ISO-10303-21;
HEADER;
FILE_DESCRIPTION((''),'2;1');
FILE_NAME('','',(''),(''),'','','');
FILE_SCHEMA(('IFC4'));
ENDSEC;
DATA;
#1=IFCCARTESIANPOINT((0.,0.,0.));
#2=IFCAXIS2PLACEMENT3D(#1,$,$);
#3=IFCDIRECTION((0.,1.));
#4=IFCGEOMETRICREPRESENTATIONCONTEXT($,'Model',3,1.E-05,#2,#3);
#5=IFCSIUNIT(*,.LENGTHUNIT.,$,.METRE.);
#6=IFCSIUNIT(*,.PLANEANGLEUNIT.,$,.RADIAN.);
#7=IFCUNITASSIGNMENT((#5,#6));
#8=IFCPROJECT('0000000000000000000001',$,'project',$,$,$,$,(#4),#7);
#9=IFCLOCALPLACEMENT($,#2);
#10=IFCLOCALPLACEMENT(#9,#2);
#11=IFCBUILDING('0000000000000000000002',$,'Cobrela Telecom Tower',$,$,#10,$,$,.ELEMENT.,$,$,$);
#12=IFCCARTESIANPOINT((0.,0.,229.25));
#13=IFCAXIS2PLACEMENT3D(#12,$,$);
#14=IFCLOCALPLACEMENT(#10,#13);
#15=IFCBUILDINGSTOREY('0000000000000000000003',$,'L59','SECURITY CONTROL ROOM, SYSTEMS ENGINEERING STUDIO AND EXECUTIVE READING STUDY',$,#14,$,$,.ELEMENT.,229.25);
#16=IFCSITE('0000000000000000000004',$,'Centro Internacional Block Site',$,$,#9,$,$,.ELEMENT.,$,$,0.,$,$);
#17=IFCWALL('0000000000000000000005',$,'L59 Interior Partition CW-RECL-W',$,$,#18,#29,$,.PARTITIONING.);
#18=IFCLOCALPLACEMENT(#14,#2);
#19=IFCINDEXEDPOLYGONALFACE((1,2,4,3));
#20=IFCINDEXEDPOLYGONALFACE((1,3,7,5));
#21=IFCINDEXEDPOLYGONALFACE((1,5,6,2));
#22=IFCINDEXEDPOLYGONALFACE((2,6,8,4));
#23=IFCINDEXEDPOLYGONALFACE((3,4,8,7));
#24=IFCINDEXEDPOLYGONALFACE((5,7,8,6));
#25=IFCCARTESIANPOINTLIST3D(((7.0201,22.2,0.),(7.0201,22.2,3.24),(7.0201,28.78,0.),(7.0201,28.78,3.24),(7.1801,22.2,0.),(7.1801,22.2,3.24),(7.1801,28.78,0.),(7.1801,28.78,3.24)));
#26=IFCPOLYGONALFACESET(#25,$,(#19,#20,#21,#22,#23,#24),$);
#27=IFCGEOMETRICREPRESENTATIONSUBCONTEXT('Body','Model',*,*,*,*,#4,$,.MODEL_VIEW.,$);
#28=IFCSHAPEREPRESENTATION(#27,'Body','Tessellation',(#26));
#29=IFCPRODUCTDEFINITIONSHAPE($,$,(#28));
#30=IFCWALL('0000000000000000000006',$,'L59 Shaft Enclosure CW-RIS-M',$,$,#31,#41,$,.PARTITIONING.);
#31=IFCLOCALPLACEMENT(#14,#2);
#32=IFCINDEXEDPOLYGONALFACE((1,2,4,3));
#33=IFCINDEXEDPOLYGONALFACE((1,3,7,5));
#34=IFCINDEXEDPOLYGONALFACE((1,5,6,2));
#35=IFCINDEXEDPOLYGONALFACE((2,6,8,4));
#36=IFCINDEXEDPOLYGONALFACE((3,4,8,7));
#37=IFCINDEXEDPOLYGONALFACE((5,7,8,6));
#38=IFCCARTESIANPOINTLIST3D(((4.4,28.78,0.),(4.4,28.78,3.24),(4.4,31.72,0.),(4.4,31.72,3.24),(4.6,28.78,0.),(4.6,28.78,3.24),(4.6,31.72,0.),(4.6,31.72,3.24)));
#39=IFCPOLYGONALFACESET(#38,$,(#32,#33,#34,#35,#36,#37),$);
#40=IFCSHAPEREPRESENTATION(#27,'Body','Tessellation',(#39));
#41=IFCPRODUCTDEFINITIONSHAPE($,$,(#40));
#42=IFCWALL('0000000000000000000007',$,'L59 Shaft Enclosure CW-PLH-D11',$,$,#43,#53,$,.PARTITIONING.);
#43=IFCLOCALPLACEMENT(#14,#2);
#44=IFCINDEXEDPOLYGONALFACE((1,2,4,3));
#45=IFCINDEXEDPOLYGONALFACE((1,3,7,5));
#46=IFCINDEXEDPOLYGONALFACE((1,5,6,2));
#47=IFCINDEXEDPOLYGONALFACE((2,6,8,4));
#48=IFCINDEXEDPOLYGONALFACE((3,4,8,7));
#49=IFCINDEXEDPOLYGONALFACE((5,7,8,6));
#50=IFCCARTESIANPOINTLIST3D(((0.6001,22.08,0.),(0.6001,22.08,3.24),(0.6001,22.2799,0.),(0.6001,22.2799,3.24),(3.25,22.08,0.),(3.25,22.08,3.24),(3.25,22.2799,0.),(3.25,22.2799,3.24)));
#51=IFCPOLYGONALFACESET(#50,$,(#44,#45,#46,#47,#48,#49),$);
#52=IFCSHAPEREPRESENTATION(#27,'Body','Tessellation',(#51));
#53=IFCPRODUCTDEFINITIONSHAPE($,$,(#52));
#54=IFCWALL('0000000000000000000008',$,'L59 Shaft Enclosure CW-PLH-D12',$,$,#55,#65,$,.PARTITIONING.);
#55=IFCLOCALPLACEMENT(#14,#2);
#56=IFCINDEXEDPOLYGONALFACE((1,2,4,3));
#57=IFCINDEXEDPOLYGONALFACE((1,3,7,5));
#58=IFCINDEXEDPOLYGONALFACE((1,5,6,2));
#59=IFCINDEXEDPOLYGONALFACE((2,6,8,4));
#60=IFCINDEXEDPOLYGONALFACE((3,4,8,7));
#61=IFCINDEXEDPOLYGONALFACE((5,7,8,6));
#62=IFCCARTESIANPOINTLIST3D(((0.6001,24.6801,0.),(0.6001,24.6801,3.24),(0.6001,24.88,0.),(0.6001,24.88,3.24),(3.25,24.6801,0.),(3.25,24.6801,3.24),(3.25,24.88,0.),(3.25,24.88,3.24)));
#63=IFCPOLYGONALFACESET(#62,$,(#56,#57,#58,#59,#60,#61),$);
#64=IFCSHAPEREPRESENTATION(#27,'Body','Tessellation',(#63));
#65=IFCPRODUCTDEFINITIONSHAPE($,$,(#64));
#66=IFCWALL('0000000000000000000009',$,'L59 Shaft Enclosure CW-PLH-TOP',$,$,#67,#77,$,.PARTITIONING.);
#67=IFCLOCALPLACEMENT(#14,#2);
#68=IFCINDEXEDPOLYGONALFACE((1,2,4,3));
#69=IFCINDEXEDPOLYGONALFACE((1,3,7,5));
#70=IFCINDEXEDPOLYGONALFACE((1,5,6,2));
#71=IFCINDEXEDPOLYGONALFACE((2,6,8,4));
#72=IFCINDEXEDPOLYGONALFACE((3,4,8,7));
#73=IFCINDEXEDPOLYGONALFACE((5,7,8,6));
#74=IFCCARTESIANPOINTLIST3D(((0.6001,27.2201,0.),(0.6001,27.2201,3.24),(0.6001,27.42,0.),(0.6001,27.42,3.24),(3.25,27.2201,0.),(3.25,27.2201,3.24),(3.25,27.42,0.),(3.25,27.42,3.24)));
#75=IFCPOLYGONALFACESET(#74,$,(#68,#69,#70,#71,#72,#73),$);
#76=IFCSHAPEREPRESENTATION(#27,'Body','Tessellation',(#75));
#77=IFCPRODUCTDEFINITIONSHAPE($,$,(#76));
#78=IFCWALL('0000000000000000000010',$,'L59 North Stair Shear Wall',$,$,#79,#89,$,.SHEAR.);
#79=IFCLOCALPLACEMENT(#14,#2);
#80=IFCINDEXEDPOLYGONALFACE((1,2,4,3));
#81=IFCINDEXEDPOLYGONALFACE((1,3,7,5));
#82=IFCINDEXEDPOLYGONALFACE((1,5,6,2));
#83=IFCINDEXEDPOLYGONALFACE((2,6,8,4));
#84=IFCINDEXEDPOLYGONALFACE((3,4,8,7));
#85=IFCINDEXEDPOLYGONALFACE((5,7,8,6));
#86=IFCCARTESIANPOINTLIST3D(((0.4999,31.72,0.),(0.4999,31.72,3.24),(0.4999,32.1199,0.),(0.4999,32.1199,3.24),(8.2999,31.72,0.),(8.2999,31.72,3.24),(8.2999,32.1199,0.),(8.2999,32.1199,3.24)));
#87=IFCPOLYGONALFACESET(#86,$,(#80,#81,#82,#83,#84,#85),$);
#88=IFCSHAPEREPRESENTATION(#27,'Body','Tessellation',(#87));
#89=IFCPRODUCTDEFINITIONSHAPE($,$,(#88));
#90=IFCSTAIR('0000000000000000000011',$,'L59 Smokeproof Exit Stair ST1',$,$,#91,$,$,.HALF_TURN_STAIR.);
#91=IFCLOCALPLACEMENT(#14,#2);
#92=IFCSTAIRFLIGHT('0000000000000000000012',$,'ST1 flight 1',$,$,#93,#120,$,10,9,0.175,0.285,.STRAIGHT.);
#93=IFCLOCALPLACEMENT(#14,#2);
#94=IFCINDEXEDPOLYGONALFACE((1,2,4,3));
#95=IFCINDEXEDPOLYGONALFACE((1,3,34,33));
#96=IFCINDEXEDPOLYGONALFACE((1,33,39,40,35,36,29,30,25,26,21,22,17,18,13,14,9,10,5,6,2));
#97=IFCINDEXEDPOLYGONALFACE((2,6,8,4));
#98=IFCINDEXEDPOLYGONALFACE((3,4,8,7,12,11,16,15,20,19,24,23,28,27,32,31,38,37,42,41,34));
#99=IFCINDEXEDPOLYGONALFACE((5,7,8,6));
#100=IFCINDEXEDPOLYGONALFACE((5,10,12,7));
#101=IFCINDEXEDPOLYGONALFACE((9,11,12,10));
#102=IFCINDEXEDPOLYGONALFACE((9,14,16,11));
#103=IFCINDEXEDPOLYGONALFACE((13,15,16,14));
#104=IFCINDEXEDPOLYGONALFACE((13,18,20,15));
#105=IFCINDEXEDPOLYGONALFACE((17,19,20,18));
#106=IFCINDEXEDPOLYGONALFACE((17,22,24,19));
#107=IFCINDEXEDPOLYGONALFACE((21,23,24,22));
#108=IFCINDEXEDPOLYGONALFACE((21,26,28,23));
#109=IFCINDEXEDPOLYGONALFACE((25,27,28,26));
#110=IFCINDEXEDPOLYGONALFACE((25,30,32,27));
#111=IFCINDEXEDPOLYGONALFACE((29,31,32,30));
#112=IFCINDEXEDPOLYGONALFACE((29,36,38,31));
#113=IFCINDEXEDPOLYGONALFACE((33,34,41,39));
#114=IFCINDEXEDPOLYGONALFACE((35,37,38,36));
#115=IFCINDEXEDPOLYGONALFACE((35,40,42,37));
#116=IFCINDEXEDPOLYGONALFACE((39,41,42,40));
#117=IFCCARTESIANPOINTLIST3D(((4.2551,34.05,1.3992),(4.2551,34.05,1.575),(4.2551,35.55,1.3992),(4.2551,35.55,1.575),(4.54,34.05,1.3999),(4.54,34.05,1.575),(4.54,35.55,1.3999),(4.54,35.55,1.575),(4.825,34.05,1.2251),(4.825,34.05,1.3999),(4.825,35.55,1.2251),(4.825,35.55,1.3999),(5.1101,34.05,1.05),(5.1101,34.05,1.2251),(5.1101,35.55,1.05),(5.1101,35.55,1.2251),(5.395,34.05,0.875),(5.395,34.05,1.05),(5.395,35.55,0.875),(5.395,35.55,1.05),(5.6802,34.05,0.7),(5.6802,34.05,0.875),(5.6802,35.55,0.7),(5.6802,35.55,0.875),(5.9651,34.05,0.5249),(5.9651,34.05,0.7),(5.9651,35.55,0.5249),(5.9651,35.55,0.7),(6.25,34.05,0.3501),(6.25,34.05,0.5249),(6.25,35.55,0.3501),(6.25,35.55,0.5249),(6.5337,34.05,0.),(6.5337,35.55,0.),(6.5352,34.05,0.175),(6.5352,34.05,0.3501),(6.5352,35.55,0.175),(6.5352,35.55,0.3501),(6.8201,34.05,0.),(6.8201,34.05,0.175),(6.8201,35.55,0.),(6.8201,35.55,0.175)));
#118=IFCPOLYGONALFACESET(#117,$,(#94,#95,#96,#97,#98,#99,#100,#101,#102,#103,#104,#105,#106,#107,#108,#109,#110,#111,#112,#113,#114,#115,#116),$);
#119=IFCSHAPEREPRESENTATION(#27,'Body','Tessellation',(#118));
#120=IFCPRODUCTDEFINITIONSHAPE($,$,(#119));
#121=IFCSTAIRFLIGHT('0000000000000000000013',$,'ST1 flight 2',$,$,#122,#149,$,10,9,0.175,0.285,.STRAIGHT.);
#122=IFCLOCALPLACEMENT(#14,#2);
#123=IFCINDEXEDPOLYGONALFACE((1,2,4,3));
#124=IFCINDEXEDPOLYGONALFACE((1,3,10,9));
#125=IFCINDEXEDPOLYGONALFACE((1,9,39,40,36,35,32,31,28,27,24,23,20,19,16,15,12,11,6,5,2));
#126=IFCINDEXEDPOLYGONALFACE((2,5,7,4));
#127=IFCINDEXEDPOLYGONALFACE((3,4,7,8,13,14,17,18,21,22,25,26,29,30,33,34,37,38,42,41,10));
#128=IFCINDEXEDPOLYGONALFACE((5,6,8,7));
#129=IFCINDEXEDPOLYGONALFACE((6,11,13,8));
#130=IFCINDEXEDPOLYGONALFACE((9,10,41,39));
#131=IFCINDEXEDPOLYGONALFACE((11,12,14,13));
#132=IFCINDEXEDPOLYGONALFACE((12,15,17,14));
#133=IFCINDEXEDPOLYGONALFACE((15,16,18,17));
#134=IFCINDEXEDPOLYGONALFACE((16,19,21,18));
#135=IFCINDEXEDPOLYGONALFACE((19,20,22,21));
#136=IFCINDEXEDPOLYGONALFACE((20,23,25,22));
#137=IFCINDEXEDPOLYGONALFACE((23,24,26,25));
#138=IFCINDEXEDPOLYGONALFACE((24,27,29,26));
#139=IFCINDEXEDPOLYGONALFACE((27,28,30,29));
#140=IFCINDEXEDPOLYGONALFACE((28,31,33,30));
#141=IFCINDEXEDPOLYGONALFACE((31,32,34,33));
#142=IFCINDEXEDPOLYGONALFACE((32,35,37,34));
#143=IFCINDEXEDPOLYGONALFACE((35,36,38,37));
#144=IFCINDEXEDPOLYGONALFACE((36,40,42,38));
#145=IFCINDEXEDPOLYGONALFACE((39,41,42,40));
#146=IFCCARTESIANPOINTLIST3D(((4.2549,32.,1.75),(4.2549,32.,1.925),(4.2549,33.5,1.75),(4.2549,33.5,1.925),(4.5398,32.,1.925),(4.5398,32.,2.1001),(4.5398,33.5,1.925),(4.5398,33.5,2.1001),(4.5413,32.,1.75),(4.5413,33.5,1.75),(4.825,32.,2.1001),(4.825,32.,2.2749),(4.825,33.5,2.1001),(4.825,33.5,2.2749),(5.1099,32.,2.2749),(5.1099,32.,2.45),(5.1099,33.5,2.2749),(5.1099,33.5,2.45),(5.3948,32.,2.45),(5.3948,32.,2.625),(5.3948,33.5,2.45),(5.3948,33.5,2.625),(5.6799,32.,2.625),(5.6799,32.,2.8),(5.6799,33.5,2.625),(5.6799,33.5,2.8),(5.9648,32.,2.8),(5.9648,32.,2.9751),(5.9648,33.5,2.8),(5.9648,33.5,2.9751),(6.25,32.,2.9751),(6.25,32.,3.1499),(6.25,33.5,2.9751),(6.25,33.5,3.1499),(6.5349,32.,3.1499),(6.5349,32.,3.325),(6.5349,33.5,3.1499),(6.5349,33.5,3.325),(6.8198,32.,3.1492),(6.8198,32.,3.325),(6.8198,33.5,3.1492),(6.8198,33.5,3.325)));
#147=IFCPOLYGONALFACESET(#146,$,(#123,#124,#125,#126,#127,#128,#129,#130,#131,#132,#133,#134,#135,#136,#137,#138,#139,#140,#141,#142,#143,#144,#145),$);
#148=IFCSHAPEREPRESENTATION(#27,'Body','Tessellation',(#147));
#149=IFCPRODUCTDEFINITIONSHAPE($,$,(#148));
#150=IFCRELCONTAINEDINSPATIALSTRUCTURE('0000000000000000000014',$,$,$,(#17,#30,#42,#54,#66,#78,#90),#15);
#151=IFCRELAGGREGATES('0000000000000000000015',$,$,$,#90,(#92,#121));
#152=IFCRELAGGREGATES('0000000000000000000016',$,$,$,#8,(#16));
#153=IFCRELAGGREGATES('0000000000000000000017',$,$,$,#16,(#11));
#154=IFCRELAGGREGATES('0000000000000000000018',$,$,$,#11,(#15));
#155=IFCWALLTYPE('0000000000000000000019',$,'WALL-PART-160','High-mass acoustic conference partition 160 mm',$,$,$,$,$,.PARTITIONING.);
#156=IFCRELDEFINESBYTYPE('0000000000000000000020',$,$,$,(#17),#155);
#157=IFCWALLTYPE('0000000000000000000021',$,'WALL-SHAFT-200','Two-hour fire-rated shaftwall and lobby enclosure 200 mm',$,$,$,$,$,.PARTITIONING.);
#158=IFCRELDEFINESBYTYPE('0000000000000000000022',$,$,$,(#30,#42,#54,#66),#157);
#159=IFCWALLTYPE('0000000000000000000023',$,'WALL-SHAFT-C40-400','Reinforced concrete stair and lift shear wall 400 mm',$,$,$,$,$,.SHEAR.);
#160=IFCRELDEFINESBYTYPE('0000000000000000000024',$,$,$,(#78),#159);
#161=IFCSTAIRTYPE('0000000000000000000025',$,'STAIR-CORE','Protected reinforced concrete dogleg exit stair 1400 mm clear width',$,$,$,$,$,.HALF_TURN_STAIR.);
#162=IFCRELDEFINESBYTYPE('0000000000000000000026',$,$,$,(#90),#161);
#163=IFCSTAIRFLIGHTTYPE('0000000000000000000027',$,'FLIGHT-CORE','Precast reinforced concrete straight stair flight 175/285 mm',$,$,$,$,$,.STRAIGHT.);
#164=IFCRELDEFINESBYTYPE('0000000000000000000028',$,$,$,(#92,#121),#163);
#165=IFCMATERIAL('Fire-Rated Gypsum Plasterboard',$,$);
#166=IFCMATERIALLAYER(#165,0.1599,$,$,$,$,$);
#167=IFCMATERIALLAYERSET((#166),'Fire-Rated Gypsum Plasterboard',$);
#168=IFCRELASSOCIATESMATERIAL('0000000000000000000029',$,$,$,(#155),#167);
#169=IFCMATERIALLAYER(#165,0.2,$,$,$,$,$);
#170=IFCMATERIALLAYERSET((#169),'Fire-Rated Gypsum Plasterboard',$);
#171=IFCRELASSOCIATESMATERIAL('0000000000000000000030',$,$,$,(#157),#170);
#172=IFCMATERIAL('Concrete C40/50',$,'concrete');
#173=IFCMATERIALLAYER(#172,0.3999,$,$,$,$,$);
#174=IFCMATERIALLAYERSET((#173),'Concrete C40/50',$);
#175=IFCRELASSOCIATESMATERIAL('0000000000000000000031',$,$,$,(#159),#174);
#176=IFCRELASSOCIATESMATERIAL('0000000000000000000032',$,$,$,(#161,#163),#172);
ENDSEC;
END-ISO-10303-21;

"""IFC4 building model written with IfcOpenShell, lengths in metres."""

from ifc_helpers import new_model, si_unit, direction, frame, frame_2d, origin, place, context, subcontext, project, spatial, polyline, rectangle, outline, extrude, material, layer, layer_set, type_object, element, aggregate, save


model = new_model("IFC4")

# Units and contexts
model_context = context("Model", 3, precision=1e-05, world=origin(), true_north=direction((0.0, 1.0)))
body_context = subcontext(model_context, "Body", "Model", "MODEL_VIEW")
ifc_project = project(units=[si_unit("LENGTHUNIT", "METRE"), si_unit("PLANEANGLEUNIT", "RADIAN")], contexts=[model_context])

# Site, building, storey
site_placement = place(None, origin())
site = spatial("IfcSite", under=ifc_project, at=site_placement, Name="Centro Internacional Block Site", CompositionType="ELEMENT", RefElevation=0.0)
building_placement = place(site_placement, origin())
building = spatial("IfcBuilding", under=site, at=building_placement, Name="Cobrela Telecom Tower", CompositionType="ELEMENT")
storey_placement = place(building_placement, frame((0.0, 0.0, 229.25)))
storey = spatial("IfcBuildingStorey", under=building, at=storey_placement, Name="L59", Description="SECURITY CONTROL ROOM, SYSTEMS ENGINEERING STUDIO AND EXECUTIVE READING STUDY", CompositionType="ELEMENT", Elevation=229.25)

# Wall
ifc_material_1 = material(Name="Fire-Rated Gypsum Plasterboard")
ifc_layer_1 = layer(ifc_material_1, 0.1599)
ifc_layer_set_1 = layer_set([ifc_layer_1], Name="Fire-Rated Gypsum Plasterboard")
wall_type_1 = type_object("IfcWallType", Name="WALL-PART-160", Description="High-mass acoustic conference partition 160 mm", PredefinedType="PARTITIONING", material=ifc_layer_set_1)
wall_1_placement = place(storey_placement, frame((7.1001, 22.2, 0.0), z_axis=(0.0, 0.0, 1.0), x_axis=(0.0, 1.0, 0.0)))
element("IfcWall", 1, at=wall_1_placement, inside=storey, type_object=wall_type_1, Name="L59 Interior Partition CW-RECL-W", PredefinedType="PARTITIONING", context=body_context, shape_type="SweptSolid", body=[
    extrude(rectangle(XDim=6.5801, YDim=0.1599, at=frame_2d((3.29, 0.0))), origin(), (0.0, 0.0, 1.0), 3.24),
])

# Shared definitions
ifc_layer_2 = layer(ifc_material_1, 0.2)
ifc_layer_set_2 = layer_set([ifc_layer_2], Name="Fire-Rated Gypsum Plasterboard")
wall_type_2 = type_object("IfcWallType", Name="WALL-SHAFT-200", Description="Two-hour fire-rated shaftwall and lobby enclosure 200 mm", PredefinedType="PARTITIONING", material=ifc_layer_set_2)

# Walls
wall_2_placement = place(storey_placement, frame((4.5, 28.78, 0.0), z_axis=(0.0, 0.0, 1.0), x_axis=(0.0, 1.0, 0.0)))
element("IfcWall", 2, at=wall_2_placement, inside=storey, type_object=wall_type_2, Name="L59 Shaft Enclosure CW-RIS-M", PredefinedType="PARTITIONING", context=body_context, shape_type="SweptSolid", body=[
    extrude(rectangle(XDim=2.9399, YDim=0.2, at=frame_2d((1.47, 0.0))), origin(), (0.0, 0.0, 1.0), 3.24),
])
for number, where, z_axis, x_axis, name in (
    (3, (0.6001, 22.1799, 0.0), (0.0, 0.0, 1.0), (1.0, 0.0, 0.0), "L59 Shaft Enclosure CW-PLH-D11"),
    (4, (0.6001, 24.78, 0.0), (0.0, 0.0, 1.0), (1.0, 0.0, 0.0), "L59 Shaft Enclosure CW-PLH-D12"),
    (5, (0.6001, 27.3201, 0.0), (0.0, 0.0, 1.0), (1.0, 0.0, 0.0), "L59 Shaft Enclosure CW-PLH-TOP"),
):
    element("IfcWall", number, at=place(storey_placement, frame(where, z_axis=z_axis, x_axis=x_axis)), inside=storey, type_object=wall_type_2, Name=name, PredefinedType="PARTITIONING", context=body_context, shape_type="SweptSolid", body=[
        extrude(rectangle(XDim=2.6499, YDim=0.2, at=frame_2d((1.325, 0.0))), origin(), (0.0, 0.0, 1.0), 3.24),
    ])
ifc_material_2 = material(Name="Concrete C40/50", Category="concrete")
ifc_layer_3 = layer(ifc_material_2, 0.3999)
ifc_layer_set_3 = layer_set([ifc_layer_3], Name="Concrete C40/50")
wall_type_3 = type_object("IfcWallType", Name="WALL-SHAFT-C40-400", Description="Reinforced concrete stair and lift shear wall 400 mm", PredefinedType="SHEAR", material=ifc_layer_set_3)
wall_3_placement = place(storey_placement, frame((0.5, 31.9199, 0.0), z_axis=(0.0, 0.0, 1.0), x_axis=(1.0, 0.0, 0.0)))
element("IfcWall", 6, at=wall_3_placement, inside=storey, type_object=wall_type_3, Name="L59 North Stair Shear Wall", PredefinedType="SHEAR", context=body_context, shape_type="SweptSolid", body=[
    extrude(rectangle(XDim=7.8, YDim=0.3999, at=frame_2d((3.8999, 0.0))), origin(), (0.0, 0.0, 1.0), 3.24),
])

# Stair, stair flights
stair_type = type_object("IfcStairType", Name="STAIR-CORE", Description="Protected reinforced concrete dogleg exit stair 1400 mm clear width", PredefinedType="HALF_TURN_STAIR", material=ifc_material_2)
stair_placement = place(storey_placement, origin())
stair = element("IfcStair", 7, at=stair_placement, inside=storey, type_object=stair_type, Name="L59 Smokeproof Exit Stair ST1", PredefinedType="HALF_TURN_STAIR")
stair_flight_type = type_object("IfcStairFlightType", Name="FLIGHT-CORE", Description="Precast reinforced concrete straight stair flight 175/285 mm", PredefinedType="STRAIGHT", material=ifc_material_2)
stair_flight_1_placement = place(storey_placement, frame((6.8201, 34.8, 0.0), z_axis=(0.0, 0.0, 1.0), x_axis=(-1.0, 0.0, 0.0)))
stair_flight_1 = element("IfcStairFlight", 8, at=stair_flight_1_placement, type_object=stair_flight_type, Name="ST1 flight 1", NumberOfRisers=10, NumberOfTreads=9, PredefinedType="STRAIGHT", RiserHeight=0.175, TreadLength=0.285, context=body_context, shape_type="SweptSolid", body=[
    extrude(outline(polyline([(0.0, 0.0), (0.0, 0.175), (0.2849, 0.175), (0.2849, 0.3501), (0.5701, 0.3501), (0.5701, 0.5249), (0.855, 0.5249), (0.855, 0.7), (1.1399, 0.7), (1.1399, 0.875), (1.425, 0.875), (1.425, 1.05), (1.71, 1.05), (1.71, 1.2251), (1.9951, 1.2251), (1.9951, 1.3999), (2.28, 1.3999), (2.28, 1.575), (2.5649, 1.575), (2.5649, 1.75), (2.5649, 1.3992), (0.2864, 0.0), (0.0, 0.0)])), frame((0.0, 0.75, 0.0), z_axis=(0.0, -1.0, 0.0), x_axis=(1.0, 0.0, 0.0)), (0.0, 0.0, 1.0), 1.5),
])
stair_flight_2_placement = place(storey_placement, frame((4.2549, 32.75, 1.75), z_axis=(0.0, 0.0, 1.0), x_axis=(1.0, 0.0, 0.0)))
stair_flight_2 = element("IfcStairFlight", 9, at=stair_flight_2_placement, type_object=stair_flight_type, Name="ST1 flight 2", NumberOfRisers=10, NumberOfTreads=9, PredefinedType="STRAIGHT", RiserHeight=0.175, TreadLength=0.285, context=body_context, shape_type="SweptSolid", body=[
    extrude(outline(polyline([(0.0, 0.0), (0.0, 0.175), (0.2849, 0.175), (0.2849, 0.3501), (0.5701, 0.3501), (0.5701, 0.5249), (0.855, 0.5249), (0.855, 0.7), (1.1399, 0.7), (1.1399, 0.875), (1.425, 0.875), (1.425, 1.05), (1.71, 1.05), (1.71, 1.2251), (1.9951, 1.2251), (1.9951, 1.3999), (2.28, 1.3999), (2.28, 1.575), (2.5649, 1.575), (2.5649, 1.75), (2.5649, 1.3992), (0.2864, 0.0), (0.0, 0.0)])), frame((0.0, 0.75, 0.0), z_axis=(0.0, -1.0, 0.0), x_axis=(1.0, 0.0, 0.0)), (0.0, 0.0, 1.0), 1.5),
])
aggregate(stair, [stair_flight_1, stair_flight_2])

save(model, "model.ifc")
